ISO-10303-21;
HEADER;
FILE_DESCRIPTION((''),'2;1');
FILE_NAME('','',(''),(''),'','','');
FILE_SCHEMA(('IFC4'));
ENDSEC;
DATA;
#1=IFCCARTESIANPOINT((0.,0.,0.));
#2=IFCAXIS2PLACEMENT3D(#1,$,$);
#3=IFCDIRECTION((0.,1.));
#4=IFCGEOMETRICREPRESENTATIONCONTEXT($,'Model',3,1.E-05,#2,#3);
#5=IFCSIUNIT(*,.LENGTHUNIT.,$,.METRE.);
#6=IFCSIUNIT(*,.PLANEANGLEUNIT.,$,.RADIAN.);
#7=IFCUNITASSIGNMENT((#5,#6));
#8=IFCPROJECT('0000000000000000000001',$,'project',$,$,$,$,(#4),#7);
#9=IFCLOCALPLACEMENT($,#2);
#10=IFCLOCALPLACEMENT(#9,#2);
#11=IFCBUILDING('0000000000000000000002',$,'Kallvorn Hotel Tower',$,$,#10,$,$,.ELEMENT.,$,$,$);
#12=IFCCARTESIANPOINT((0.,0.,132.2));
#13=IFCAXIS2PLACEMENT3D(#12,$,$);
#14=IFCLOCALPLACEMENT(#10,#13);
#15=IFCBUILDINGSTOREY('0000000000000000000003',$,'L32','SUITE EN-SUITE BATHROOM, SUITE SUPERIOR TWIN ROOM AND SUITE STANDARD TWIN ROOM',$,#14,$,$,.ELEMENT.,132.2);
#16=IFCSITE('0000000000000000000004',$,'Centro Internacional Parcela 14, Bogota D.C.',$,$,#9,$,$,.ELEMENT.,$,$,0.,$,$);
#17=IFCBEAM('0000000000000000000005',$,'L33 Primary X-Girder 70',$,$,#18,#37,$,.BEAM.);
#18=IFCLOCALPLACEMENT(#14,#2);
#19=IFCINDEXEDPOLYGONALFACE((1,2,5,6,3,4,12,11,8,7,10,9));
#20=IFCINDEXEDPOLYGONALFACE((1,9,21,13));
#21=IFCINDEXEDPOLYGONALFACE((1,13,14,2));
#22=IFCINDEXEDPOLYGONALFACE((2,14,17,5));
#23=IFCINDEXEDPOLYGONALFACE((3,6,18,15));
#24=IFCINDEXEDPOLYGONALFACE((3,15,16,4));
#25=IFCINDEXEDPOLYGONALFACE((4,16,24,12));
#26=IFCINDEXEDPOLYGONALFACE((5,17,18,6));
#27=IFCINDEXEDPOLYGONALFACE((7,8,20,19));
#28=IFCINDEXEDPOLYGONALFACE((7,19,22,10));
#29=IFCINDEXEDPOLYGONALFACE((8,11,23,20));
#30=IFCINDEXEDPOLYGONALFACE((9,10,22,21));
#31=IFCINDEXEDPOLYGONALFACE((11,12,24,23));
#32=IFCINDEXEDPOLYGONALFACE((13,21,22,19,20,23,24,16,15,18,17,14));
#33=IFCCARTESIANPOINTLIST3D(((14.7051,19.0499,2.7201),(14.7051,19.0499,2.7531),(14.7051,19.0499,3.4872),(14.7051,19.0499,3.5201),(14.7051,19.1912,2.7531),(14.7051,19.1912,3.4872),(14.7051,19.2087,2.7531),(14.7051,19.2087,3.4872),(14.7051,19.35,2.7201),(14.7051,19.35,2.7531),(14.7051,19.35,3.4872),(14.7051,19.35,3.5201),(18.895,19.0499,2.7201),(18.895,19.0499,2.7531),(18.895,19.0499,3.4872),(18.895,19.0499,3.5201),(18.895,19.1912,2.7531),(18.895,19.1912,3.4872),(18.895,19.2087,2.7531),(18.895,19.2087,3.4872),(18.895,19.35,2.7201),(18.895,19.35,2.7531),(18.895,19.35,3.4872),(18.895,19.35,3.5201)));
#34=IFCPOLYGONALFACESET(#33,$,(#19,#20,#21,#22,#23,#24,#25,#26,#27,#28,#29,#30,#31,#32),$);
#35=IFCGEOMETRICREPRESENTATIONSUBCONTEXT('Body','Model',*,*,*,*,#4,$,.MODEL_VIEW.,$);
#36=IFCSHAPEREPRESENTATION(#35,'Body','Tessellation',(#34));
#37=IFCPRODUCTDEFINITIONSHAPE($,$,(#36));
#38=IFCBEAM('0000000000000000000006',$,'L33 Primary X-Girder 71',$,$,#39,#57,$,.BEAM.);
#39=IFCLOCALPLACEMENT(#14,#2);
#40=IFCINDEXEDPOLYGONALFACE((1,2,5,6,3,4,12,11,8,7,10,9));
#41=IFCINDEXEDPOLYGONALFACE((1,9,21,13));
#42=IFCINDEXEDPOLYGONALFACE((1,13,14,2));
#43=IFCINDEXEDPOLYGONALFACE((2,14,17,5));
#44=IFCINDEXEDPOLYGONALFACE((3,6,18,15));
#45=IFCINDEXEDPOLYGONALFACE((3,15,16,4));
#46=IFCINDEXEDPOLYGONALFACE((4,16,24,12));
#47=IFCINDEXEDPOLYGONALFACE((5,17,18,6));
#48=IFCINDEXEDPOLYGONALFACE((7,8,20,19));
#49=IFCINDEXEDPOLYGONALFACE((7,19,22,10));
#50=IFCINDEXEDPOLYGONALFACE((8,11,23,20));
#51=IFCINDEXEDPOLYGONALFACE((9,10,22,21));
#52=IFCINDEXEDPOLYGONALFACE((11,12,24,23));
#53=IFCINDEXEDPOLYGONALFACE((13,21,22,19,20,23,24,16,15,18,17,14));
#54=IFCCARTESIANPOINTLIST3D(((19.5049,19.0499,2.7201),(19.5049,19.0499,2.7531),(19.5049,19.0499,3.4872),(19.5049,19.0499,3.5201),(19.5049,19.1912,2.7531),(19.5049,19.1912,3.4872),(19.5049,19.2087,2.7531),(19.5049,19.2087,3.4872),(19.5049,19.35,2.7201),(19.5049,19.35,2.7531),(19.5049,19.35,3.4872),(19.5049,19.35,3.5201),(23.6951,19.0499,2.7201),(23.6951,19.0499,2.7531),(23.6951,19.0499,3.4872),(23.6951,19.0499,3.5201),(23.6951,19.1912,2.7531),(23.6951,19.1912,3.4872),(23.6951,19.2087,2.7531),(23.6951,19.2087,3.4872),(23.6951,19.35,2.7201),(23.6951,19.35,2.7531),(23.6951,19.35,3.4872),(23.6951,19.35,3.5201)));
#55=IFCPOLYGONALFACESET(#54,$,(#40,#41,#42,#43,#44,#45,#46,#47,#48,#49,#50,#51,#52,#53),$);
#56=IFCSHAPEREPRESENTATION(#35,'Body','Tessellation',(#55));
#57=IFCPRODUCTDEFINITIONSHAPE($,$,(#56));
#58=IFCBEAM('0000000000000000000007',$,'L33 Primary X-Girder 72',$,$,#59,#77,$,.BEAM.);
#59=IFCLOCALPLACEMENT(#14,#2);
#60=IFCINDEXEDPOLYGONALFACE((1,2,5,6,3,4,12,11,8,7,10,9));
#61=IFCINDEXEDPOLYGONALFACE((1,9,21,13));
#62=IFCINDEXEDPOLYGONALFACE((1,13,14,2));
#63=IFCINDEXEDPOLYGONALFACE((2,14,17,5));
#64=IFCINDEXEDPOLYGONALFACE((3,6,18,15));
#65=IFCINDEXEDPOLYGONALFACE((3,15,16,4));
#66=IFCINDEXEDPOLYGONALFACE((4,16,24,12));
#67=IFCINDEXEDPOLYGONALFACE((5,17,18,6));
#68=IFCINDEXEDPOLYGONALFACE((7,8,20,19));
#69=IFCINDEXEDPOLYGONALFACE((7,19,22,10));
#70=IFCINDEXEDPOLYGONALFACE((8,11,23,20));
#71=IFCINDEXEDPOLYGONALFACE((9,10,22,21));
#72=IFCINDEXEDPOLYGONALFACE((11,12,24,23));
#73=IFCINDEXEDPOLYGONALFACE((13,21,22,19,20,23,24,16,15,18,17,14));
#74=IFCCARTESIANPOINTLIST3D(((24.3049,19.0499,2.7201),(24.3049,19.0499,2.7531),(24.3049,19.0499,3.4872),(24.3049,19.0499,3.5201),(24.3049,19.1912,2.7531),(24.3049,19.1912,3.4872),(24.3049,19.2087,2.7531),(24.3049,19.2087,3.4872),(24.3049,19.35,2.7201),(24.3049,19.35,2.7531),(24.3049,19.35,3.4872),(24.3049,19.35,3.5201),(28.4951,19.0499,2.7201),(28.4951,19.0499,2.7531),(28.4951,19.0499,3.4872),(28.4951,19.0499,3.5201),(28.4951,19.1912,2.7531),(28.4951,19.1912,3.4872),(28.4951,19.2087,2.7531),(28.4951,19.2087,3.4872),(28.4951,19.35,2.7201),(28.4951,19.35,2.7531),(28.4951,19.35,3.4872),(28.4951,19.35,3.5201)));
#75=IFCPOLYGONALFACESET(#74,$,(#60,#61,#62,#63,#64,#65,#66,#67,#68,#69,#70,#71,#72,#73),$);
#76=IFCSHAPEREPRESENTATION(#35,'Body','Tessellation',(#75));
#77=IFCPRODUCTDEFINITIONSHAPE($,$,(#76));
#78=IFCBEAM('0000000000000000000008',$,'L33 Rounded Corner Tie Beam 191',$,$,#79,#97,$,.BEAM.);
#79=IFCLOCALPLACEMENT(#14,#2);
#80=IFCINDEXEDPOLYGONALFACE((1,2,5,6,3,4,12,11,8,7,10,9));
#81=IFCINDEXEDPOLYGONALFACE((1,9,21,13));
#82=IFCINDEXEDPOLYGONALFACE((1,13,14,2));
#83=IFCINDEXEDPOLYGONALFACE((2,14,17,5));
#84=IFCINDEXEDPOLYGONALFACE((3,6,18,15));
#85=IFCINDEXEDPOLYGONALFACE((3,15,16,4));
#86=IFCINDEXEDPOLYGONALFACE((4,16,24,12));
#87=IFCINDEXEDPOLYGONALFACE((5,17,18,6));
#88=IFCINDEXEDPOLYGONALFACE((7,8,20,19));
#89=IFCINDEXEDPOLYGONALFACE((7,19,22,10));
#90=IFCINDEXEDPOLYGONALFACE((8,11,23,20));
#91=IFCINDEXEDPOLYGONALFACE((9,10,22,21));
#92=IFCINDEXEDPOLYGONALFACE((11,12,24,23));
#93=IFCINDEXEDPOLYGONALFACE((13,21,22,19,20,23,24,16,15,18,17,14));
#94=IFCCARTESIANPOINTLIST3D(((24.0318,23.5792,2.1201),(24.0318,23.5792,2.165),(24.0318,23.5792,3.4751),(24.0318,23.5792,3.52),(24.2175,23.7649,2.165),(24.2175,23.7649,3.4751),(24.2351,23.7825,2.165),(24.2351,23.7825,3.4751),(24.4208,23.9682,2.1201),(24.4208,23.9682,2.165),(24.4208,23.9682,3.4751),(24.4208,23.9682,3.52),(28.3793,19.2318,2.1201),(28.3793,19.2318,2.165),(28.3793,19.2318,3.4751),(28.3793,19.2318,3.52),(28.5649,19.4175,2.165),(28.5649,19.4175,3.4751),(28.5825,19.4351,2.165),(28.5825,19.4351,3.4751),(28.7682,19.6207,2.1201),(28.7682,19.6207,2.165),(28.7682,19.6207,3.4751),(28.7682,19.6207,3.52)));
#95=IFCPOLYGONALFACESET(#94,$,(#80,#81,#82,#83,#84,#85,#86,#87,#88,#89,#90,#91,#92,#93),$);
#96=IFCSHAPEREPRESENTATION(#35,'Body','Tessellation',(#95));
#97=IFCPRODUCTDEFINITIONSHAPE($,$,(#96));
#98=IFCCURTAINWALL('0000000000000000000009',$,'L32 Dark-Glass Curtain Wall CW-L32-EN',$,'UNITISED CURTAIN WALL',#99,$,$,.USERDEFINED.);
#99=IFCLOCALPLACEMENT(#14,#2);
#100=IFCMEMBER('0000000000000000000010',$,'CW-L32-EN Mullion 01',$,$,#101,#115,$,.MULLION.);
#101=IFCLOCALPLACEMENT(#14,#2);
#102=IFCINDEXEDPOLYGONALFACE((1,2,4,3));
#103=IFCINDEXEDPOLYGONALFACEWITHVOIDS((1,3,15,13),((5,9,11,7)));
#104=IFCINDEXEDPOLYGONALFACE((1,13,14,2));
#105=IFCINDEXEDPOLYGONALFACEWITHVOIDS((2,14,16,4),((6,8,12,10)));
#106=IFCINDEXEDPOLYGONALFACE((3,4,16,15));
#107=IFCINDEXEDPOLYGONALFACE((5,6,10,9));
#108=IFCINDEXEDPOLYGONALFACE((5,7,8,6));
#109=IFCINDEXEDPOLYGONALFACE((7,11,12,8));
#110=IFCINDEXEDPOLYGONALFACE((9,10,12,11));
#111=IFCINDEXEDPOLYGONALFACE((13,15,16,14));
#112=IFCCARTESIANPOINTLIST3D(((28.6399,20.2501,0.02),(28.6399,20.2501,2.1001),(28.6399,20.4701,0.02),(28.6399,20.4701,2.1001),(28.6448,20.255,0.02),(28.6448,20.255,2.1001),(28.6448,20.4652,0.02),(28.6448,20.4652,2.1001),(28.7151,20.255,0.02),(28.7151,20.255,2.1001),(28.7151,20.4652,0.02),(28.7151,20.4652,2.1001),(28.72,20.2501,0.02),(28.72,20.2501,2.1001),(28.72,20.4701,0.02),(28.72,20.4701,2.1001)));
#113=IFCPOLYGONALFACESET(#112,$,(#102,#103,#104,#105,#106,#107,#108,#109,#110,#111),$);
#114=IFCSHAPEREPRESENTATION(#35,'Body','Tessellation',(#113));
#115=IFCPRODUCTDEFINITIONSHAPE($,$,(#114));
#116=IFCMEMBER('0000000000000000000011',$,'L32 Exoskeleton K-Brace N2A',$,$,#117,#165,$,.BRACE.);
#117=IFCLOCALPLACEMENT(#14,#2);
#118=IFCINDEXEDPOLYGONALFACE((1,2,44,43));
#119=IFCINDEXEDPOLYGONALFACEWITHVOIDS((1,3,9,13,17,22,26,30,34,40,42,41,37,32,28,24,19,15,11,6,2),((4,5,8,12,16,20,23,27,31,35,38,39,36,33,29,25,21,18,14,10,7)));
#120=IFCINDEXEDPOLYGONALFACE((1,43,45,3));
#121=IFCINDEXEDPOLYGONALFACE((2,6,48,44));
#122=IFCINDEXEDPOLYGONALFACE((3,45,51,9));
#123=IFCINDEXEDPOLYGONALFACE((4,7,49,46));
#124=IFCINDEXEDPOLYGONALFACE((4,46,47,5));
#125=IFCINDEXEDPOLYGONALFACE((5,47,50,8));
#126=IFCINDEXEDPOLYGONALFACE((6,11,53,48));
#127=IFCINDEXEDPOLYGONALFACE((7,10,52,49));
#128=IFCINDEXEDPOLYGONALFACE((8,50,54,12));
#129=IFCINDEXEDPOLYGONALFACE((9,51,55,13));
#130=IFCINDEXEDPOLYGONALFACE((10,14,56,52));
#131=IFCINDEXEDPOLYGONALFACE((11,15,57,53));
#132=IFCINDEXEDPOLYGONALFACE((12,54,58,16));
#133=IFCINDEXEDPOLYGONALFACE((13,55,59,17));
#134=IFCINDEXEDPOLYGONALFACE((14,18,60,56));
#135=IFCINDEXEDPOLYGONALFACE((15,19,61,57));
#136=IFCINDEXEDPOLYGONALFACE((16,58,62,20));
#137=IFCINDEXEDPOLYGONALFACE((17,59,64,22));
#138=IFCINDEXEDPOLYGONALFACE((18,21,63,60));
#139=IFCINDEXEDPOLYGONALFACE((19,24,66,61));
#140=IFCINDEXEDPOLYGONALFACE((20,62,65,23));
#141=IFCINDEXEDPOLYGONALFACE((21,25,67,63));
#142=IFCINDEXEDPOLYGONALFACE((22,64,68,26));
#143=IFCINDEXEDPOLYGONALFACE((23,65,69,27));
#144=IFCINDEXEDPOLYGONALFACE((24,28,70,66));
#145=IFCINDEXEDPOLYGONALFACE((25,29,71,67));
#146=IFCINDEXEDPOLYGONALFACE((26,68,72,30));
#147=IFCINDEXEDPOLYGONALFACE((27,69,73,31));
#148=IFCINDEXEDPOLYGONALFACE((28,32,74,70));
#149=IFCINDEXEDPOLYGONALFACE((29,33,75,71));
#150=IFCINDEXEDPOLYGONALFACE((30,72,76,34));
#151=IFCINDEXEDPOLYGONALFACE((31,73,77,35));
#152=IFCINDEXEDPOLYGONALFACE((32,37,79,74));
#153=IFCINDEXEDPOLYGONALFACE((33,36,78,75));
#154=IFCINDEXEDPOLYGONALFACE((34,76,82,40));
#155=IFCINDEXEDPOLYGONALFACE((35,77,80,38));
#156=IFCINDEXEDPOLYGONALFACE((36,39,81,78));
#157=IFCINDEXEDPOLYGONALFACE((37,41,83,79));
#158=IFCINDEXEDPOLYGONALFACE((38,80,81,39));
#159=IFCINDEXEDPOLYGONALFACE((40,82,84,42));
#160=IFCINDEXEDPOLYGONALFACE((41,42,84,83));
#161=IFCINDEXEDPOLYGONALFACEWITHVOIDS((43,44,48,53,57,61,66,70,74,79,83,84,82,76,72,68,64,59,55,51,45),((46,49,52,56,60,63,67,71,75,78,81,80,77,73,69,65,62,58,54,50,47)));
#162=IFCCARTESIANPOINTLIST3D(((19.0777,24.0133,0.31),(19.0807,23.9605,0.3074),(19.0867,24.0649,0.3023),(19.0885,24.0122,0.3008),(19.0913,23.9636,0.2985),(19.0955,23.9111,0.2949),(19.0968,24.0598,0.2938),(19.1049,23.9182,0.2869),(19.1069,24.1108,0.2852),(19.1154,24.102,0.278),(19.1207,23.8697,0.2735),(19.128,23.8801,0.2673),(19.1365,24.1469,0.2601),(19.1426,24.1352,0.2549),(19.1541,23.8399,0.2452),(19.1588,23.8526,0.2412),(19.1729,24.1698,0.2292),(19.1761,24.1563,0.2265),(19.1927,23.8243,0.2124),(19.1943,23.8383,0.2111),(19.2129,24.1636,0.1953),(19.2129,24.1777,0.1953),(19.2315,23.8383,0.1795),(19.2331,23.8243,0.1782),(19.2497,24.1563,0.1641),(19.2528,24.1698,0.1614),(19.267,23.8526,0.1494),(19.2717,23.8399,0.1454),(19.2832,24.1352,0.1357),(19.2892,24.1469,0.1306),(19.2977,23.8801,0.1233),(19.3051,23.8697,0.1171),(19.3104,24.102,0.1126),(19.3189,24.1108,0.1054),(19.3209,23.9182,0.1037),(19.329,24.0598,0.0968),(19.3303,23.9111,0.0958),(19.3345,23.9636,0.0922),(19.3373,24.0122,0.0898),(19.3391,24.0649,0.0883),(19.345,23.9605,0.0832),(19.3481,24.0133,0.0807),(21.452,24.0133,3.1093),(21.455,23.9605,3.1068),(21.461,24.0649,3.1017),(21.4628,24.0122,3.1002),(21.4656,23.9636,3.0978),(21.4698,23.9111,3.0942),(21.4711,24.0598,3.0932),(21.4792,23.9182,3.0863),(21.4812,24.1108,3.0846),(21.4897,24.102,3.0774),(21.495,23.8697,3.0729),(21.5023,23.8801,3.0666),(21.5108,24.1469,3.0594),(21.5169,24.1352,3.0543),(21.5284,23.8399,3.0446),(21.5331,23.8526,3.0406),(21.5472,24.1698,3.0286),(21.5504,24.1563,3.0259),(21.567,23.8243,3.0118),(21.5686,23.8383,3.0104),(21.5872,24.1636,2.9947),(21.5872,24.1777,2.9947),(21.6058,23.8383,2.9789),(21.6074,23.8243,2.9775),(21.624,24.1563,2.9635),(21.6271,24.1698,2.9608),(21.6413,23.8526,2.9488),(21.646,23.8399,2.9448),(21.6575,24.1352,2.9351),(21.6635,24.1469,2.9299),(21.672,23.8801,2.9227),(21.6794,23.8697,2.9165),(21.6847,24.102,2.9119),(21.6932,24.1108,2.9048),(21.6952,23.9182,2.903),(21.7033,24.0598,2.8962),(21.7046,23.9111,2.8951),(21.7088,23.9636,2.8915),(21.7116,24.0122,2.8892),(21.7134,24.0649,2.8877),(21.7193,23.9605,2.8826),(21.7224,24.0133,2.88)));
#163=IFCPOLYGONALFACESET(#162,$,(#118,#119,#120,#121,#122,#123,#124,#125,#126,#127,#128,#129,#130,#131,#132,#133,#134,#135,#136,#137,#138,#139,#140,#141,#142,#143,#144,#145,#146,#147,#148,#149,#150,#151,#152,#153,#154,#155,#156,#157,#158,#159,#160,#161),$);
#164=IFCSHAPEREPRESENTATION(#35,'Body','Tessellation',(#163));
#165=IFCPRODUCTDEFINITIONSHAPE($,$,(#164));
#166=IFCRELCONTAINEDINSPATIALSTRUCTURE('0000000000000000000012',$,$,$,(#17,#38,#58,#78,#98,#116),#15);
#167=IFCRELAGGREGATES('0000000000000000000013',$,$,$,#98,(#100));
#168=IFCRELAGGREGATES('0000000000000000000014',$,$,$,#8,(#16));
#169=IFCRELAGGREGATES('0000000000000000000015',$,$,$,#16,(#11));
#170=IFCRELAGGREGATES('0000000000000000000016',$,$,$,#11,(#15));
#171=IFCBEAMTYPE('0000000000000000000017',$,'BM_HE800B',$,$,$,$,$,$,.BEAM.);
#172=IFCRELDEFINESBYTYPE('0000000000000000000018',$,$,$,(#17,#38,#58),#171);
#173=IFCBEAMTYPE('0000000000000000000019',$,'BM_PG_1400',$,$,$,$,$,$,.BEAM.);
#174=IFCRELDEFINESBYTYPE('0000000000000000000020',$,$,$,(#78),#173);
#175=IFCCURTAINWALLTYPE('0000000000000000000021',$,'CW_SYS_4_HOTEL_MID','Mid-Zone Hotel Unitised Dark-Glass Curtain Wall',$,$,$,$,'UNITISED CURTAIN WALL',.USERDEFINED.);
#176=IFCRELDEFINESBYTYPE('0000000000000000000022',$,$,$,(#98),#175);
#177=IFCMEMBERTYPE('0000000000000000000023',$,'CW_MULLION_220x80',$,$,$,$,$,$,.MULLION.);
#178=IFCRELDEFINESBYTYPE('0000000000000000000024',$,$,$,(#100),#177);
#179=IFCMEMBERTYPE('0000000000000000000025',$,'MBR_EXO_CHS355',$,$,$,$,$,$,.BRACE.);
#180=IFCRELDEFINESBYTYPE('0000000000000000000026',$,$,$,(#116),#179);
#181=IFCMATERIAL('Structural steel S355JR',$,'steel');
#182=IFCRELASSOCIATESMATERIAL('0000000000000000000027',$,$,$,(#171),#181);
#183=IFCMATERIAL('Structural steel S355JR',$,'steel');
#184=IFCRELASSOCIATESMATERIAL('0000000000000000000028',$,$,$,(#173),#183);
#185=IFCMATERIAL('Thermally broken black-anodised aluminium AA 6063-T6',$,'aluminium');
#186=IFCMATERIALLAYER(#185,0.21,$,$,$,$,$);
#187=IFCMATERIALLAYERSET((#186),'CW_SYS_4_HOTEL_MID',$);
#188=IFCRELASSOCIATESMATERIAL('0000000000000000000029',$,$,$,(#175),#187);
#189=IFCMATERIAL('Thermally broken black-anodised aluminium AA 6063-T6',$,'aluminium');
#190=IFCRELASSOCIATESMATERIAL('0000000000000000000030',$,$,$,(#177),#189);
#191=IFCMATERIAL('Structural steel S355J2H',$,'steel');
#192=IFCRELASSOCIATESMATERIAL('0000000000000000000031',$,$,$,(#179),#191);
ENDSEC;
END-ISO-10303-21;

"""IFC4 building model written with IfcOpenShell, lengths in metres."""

from ifc_helpers import new_model, si_unit, direction, frame, origin, origin_2d, place, context, subcontext, project, spatial, hollow_rectangle, hollow_circle, i_section, extrude, material, layer, layer_set, material_profile, profile_set, type_object, element, aggregate, save


model = new_model("IFC4")

# Units and contexts
model_context = context("Model", 3, precision=1e-05, world=origin(), true_north=direction((0.0, 1.0)))
body_context = subcontext(model_context, "Body", "Model", "MODEL_VIEW")
ifc_project = project(units=[si_unit("LENGTHUNIT", "METRE"), si_unit("PLANEANGLEUNIT", "RADIAN")], contexts=[model_context])

# Site, building, storey
site_placement = place(None, origin())
site = spatial("IfcSite", under=ifc_project, at=site_placement, Name="Centro Internacional Parcela 14, Bogota D.C.", CompositionType="ELEMENT", RefElevation=0.0)
building_placement = place(site_placement, origin())
building = spatial("IfcBuilding", under=site, at=building_placement, Name="Kallvorn Hotel Tower", CompositionType="ELEMENT")
storey_placement = place(building_placement, frame((0.0, 0.0, 132.2)))
storey = spatial("IfcBuildingStorey", under=building, at=storey_placement, Name="L32", Description="SUITE EN-SUITE BATHROOM, SUITE SUPERIOR TWIN ROOM AND SUITE STANDARD TWIN ROOM", CompositionType="ELEMENT", Elevation=132.2)

# Beams
ifc_material_1 = material(Name="Structural steel S355JR", Category="steel")
ifc_material_profile_1 = material_profile(ifc_material_1, i_section(OverallWidth=0.3, OverallDepth=0.8, WebThickness=0.0176, FlangeThickness=0.033, at=origin_2d()), Name="HE 800 B")
ifc_profile_set_1 = profile_set([ifc_material_profile_1], Name="Structural steel S355JR")
beam_type_1 = type_object("IfcBeamType", Name="BM_HE800B", PredefinedType="BEAM", material=ifc_profile_set_1)
beam_1_placement = place(storey_placement, frame((14.7051, 19.2, 3.1201), z_axis=(1.0, 0.0, 0.0), x_axis=(0.0, 1.0, 0.0)))
element("IfcBeam", 1, at=beam_1_placement, inside=storey, type_object=beam_type_1, Name="L33 Primary X-Girder 70", PredefinedType="BEAM", context=body_context, shape_type="SweptSolid", body=[
    extrude(i_section(OverallWidth=0.3, OverallDepth=0.8, WebThickness=0.0176, FlangeThickness=0.033, at=origin_2d()), origin(), (0.0, 0.0, 1.0), 4.1899),
])
for number, where, z_axis, x_axis, name in (
    (2, (19.5049, 19.2, 3.1201), (1.0, 0.0, 0.0), (0.0, 1.0, 0.0), "L33 Primary X-Girder 71"),
    (3, (24.3049, 19.2, 3.1201), (1.0, 0.0, 0.0), (0.0, 1.0, 0.0), "L33 Primary X-Girder 72"),
):
    element("IfcBeam", number, at=place(storey_placement, frame(where, z_axis=z_axis, x_axis=x_axis)), inside=storey, type_object=beam_type_1, Name=name, PredefinedType="BEAM", context=body_context, shape_type="SweptSolid", body=[
        extrude(i_section(OverallWidth=0.3, OverallDepth=0.8, WebThickness=0.0176, FlangeThickness=0.033, at=origin_2d()), origin(), (0.0, 0.0, 1.0), 4.1902),
    ])
ifc_material_2 = material(Name="Structural steel S355JR", Category="steel")
ifc_material_profile_2 = material_profile(ifc_material_2, i_section(OverallWidth=0.55, OverallDepth=1.3999, WebThickness=0.0249, FlangeThickness=0.0449, at=origin_2d()), Name="PG 1400x550x25x45")
ifc_profile_set_2 = profile_set([ifc_material_profile_2], Name="Structural steel S355JR")
beam_type_2 = type_object("IfcBeamType", Name="BM_PG_1400", PredefinedType="BEAM", material=ifc_profile_set_2)
beam_2_placement = place(storey_placement, frame((28.5737, 19.4263, 2.8201), z_axis=(-0.707107, 0.707107, 0.0), x_axis=(-0.707107, -0.707107, 0.0)))
element("IfcBeam", 4, at=beam_2_placement, inside=storey, type_object=beam_type_2, Name="L33 Rounded Corner Tie Beam 191", PredefinedType="BEAM", context=body_context, shape_type="SweptSolid", body=[
    extrude(i_section(OverallWidth=0.55, OverallDepth=1.3999, WebThickness=0.0249, FlangeThickness=0.0449, at=origin_2d()), origin(), (0.0, 0.0, 1.0), 6.1482),
])

# Curtain wall, member
ifc_material_3 = material(Name="Thermally broken black-anodised aluminium AA 6063-T6", Category="aluminium")
ifc_layer_1 = layer(ifc_material_3, 0.21)
ifc_layer_set_1 = layer_set([ifc_layer_1], Name="CW_SYS_4_HOTEL_MID")
curtain_wall_type = type_object("IfcCurtainWallType", Name="CW_SYS_4_HOTEL_MID", Description="Mid-Zone Hotel Unitised Dark-Glass Curtain Wall", ElementType="UNITISED CURTAIN WALL", PredefinedType="USERDEFINED", material=ifc_layer_set_1)
curtain_wall_placement = place(storey_placement, origin())
curtain_wall = element("IfcCurtainWall", 5, at=curtain_wall_placement, inside=storey, type_object=curtain_wall_type, Name="L32 Dark-Glass Curtain Wall CW-L32-EN", ObjectType="UNITISED CURTAIN WALL", PredefinedType="USERDEFINED")
ifc_material_4 = material(Name="Thermally broken black-anodised aluminium AA 6063-T6", Category="aluminium")
ifc_material_profile_3 = material_profile(ifc_material_4, hollow_rectangle(XDim=0.0801, YDim=0.22, WallThickness=0.0049, at=origin_2d()), Name="MUL 220x80")
ifc_profile_set_3 = profile_set([ifc_material_profile_3], Name="Thermally broken black-anodised aluminium AA 6063-T6")
member_type_1 = type_object("IfcMemberType", Name="CW_MULLION_220x80", PredefinedType="MULLION", material=ifc_profile_set_3)
member_placement = place(storey_placement, frame((28.6799, 20.3601, 0.02), z_axis=(0.0, 0.0, 1.0), x_axis=(1.0, 0.0, 0.0)))
member = element("IfcMember", 6, at=member_placement, type_object=member_type_1, Name="CW-L32-EN Mullion 01", PredefinedType="MULLION", context=body_context, shape_type="SweptSolid", body=[
    extrude(hollow_rectangle(XDim=0.0801, YDim=0.22, WallThickness=0.0049, at=origin_2d()), origin(), (0.0, 0.0, 1.0), 2.0801),
])
aggregate(curtain_wall, [member])

# Member
ifc_material_5 = material(Name="Structural steel S355J2H", Category="steel")
ifc_material_profile_4 = material_profile(ifc_material_5, hollow_circle(Radius=0.1777, WallThickness=0.0142, at=origin_2d()), Name="CHS 355.6x14.2")
ifc_profile_set_4 = profile_set([ifc_material_profile_4], Name="Structural steel S355J2H")
member_type_2 = type_object("IfcMemberType", Name="MBR_EXO_CHS355", PredefinedType="BRACE", material=ifc_profile_set_4)
for number, where, z_axis, x_axis, name in (
    (7, (19.2129, 24.0, 0.1953), (0.646833, 0.0, 0.762631), (0.0, 1.0, 0.0), "L32 Exoskeleton K-Brace N2A"),
):
    element("IfcMember", number, at=place(storey_placement, frame(where, z_axis=z_axis, x_axis=x_axis)), inside=storey, type_object=member_type_2, Name=name, PredefinedType="BRACE", context=body_context, shape_type="SweptSolid", body=[
        extrude(hollow_circle(Radius=0.1777, WallThickness=0.0142, at=origin_2d()), origin(), (0.0, 0.0, 1.0), 3.6707),
    ])

save(model, "model.ifc")
